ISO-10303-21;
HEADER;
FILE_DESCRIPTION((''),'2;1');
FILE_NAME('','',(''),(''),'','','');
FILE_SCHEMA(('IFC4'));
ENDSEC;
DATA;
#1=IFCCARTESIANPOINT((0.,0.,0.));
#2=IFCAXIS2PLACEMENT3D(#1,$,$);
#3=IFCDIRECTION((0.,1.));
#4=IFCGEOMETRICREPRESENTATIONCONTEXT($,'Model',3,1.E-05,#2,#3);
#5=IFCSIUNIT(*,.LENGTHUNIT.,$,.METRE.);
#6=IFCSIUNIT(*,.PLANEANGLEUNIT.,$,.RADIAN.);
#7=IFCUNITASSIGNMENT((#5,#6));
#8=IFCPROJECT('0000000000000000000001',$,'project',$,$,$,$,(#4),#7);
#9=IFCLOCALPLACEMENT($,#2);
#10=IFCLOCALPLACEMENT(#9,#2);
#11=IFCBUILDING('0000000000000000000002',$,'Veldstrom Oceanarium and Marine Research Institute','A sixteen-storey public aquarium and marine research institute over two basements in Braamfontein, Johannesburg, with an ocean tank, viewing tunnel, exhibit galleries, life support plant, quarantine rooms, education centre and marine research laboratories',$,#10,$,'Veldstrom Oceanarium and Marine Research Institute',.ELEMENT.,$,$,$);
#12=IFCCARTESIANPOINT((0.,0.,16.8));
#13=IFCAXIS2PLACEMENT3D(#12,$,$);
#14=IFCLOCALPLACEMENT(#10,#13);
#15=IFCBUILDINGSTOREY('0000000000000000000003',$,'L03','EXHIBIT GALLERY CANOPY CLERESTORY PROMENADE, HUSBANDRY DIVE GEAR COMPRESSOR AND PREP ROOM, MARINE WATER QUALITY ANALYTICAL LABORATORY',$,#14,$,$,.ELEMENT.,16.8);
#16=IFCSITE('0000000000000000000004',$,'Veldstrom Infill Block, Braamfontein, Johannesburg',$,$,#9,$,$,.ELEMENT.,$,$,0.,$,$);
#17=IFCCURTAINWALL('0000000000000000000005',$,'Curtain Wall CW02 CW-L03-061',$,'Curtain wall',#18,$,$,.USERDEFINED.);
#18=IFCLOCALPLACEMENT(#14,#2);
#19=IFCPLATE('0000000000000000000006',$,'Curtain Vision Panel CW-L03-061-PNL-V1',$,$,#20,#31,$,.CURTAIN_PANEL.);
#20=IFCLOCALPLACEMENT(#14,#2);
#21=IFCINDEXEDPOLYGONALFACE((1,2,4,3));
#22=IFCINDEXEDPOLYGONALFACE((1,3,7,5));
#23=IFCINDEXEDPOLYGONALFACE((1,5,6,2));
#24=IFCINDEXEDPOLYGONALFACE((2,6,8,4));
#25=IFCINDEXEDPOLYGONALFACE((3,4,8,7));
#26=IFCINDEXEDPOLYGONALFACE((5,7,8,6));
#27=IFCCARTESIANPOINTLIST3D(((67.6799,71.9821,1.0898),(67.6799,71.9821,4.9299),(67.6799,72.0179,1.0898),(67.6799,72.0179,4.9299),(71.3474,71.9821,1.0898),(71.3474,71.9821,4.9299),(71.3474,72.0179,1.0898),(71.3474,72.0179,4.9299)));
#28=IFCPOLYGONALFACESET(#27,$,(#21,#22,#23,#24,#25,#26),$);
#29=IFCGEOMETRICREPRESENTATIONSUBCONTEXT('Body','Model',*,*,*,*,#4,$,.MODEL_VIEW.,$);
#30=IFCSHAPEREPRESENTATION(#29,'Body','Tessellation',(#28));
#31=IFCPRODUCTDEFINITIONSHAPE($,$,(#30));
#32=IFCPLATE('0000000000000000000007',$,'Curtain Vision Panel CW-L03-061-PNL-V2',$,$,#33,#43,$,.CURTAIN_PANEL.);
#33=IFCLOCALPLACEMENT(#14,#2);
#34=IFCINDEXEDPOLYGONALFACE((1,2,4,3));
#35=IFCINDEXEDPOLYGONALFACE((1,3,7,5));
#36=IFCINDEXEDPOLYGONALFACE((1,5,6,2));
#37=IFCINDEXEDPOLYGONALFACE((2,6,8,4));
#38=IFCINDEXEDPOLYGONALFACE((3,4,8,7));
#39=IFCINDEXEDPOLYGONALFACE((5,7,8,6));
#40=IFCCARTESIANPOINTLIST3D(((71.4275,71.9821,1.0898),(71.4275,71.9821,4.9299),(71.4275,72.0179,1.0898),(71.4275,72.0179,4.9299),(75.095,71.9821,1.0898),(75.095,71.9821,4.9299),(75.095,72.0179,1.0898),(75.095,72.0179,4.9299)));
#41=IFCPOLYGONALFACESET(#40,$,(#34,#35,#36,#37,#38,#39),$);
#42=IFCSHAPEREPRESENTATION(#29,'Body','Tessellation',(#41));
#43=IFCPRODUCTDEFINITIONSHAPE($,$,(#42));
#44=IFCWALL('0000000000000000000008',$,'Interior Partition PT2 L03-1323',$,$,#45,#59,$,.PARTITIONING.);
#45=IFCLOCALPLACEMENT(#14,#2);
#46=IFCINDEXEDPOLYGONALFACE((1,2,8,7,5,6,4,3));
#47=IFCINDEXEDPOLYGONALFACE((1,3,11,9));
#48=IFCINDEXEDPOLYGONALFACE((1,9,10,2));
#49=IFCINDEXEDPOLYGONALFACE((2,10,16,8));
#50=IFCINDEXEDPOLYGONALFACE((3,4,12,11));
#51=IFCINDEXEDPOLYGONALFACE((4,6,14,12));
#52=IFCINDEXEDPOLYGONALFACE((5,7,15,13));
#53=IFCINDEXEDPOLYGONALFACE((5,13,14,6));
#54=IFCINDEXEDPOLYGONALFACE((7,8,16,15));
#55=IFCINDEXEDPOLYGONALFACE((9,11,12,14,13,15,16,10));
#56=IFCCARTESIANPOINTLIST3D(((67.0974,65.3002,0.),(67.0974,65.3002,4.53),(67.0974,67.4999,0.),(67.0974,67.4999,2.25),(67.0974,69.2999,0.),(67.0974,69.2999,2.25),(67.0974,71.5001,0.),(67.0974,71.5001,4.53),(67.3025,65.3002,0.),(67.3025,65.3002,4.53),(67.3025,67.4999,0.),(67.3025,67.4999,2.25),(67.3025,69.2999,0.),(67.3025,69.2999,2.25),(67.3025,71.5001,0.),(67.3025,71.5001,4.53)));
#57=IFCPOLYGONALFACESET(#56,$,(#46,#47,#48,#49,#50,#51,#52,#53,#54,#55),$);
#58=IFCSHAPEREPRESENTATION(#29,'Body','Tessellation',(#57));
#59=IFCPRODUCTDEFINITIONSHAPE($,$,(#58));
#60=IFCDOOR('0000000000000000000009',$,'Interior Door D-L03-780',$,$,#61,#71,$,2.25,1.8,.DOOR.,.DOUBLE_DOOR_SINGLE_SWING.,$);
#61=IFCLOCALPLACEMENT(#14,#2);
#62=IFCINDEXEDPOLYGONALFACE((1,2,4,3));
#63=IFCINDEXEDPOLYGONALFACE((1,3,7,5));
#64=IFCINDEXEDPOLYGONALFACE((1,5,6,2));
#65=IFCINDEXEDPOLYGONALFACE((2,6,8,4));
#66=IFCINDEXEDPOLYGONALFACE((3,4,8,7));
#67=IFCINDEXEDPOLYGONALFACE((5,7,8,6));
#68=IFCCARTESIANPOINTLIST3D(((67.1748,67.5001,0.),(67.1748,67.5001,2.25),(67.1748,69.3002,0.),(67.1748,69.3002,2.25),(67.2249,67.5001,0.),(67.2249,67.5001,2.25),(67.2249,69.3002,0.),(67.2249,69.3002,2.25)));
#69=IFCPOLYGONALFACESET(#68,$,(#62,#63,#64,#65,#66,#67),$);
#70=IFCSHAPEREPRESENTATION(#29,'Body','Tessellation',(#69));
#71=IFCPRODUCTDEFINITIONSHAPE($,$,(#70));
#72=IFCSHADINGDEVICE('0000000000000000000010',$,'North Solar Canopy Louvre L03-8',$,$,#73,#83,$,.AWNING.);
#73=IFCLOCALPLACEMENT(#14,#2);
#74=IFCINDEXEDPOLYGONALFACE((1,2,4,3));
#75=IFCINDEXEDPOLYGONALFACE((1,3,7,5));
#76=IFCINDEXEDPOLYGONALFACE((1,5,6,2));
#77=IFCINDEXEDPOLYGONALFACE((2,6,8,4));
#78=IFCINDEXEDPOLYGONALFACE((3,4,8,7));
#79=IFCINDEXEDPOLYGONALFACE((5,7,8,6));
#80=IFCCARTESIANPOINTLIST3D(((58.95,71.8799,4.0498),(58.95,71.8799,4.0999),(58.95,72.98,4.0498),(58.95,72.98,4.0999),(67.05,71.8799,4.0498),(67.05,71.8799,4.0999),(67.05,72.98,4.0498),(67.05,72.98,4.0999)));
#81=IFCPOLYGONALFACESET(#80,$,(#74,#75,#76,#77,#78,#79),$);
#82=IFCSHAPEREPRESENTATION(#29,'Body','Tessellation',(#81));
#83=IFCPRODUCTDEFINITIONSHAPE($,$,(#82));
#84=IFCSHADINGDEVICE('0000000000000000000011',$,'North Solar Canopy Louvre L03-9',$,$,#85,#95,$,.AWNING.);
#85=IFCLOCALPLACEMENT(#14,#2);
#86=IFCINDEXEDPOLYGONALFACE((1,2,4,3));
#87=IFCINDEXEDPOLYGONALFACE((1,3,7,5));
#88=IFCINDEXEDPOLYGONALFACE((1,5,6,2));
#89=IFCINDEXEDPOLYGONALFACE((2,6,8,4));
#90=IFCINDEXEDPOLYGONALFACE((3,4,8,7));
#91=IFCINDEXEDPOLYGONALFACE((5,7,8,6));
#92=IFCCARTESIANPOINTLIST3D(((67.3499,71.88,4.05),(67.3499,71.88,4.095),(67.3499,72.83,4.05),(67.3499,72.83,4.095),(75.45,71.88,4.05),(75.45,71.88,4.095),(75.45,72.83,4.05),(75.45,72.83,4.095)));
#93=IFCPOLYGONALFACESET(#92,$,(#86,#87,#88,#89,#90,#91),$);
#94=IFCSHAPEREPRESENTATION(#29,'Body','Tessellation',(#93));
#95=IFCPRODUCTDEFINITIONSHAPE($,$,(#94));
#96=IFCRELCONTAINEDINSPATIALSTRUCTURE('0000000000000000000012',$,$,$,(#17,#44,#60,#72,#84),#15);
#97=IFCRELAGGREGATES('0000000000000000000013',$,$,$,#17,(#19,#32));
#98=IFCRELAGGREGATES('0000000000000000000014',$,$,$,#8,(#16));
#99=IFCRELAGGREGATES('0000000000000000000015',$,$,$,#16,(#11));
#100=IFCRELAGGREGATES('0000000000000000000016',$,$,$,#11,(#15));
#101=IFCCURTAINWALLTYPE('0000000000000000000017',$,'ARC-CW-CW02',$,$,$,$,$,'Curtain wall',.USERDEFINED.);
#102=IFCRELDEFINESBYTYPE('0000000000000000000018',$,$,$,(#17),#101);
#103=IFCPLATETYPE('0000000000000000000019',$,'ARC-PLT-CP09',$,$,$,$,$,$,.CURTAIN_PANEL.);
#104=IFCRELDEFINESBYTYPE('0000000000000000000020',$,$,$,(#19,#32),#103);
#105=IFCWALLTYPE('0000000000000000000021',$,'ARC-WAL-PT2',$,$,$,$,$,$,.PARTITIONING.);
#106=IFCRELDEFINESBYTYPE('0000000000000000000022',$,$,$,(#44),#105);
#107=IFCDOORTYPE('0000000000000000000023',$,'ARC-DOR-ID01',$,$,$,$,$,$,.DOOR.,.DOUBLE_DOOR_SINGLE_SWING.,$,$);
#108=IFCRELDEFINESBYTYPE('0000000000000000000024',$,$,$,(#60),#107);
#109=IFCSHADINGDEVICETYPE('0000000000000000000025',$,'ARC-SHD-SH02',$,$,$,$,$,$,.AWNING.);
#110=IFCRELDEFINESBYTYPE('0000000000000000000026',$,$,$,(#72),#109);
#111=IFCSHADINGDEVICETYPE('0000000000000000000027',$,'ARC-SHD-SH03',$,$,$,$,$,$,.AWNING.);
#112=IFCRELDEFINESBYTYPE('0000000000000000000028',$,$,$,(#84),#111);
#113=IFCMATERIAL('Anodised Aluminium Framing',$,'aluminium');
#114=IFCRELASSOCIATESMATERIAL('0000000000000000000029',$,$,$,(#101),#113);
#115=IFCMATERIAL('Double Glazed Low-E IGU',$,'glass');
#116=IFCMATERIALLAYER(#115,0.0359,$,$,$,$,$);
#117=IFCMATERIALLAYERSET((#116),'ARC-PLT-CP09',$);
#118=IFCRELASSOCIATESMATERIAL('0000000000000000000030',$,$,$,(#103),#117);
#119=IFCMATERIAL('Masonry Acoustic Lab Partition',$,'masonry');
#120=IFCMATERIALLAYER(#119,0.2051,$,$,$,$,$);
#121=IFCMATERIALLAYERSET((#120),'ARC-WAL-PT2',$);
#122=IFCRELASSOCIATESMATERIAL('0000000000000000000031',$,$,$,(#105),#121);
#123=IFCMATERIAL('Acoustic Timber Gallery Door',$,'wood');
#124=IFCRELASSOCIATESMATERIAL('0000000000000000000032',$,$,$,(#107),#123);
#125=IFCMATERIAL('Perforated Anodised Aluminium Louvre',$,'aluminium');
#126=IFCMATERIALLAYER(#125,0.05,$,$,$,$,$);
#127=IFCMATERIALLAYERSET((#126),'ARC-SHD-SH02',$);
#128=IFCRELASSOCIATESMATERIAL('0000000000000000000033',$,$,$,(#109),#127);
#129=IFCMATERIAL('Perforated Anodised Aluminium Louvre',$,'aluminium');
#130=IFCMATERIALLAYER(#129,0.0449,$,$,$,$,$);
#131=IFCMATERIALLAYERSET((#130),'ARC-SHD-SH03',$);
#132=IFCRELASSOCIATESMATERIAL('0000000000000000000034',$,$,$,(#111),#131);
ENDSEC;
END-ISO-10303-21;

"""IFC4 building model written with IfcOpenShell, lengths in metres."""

from ifc_helpers import new_model, si_unit, direction, frame, frame_2d, origin, origin_2d, place, context, subcontext, project, spatial, rectangle, extrude, material, layer, layer_set, type_object, element, fill, aggregate, save


model = new_model("IFC4")

# Units and contexts
model_context = context("Model", 3, precision=1e-05, world=origin(), true_north=direction((0.0, 1.0)))
body_context = subcontext(model_context, "Body", "Model", "MODEL_VIEW")
ifc_project = project(units=[si_unit("LENGTHUNIT", "METRE"), si_unit("PLANEANGLEUNIT", "RADIAN")], contexts=[model_context])

# Site, building, storey
site_placement = place(None, origin())
site = spatial("IfcSite", under=ifc_project, at=site_placement, Name="Veldstrom Infill Block, Braamfontein, Johannesburg", CompositionType="ELEMENT", RefElevation=0.0)
building_placement = place(site_placement, origin())
building = spatial("IfcBuilding", under=site, at=building_placement, Name="Veldstrom Oceanarium and Marine Research Institute", Description="A sixteen-storey public aquarium and marine research institute over two basements in Braamfontein, Johannesburg, with an ocean tank, viewing tunnel, exhibit galleries, life support plant, quarantine rooms, education centre and marine research laboratories", LongName="Veldstrom Oceanarium and Marine Research Institute", CompositionType="ELEMENT")
storey_placement = place(building_placement, frame((0.0, 0.0, 16.8)))
storey = spatial("IfcBuildingStorey", under=building, at=storey_placement, Name="L03", Description="EXHIBIT GALLERY CANOPY CLERESTORY PROMENADE, HUSBANDRY DIVE GEAR COMPRESSOR AND PREP ROOM, MARINE WATER QUALITY ANALYTICAL LABORATORY", CompositionType="ELEMENT", Elevation=16.8)

# Curtain wall
ifc_material_1 = material(Name="Anodised Aluminium Framing", Category="aluminium")
curtain_wall_type = type_object("IfcCurtainWallType", Name="ARC-CW-CW02", ElementType="Curtain wall", PredefinedType="USERDEFINED", material=ifc_material_1)
curtain_wall_1_placement = place(storey_placement, origin())
curtain_wall_1 = element("IfcCurtainWall", 1, at=curtain_wall_1_placement, inside=storey, type_object=curtain_wall_type, Name="Curtain Wall CW02 CW-L03-061", ObjectType="Curtain wall", PredefinedType="USERDEFINED")

# Plates
ifc_material_2 = material(Name="Double Glazed Low-E IGU", Category="glass")
ifc_layer_1 = layer(ifc_material_2, 0.0359)
ifc_layer_set_1 = layer_set([ifc_layer_1], Name="ARC-PLT-CP09")
plate_type_1 = type_object("IfcPlateType", Name="ARC-PLT-CP09", PredefinedType="CURTAIN_PANEL", material=ifc_layer_set_1)
plate_1_placement = place(storey_placement, frame((69.5137, 72.0, 1.0898), z_axis=(0.0, 0.0, 1.0), x_axis=(1.0, 0.0, 0.0)))
plate_1 = element("IfcPlate", 2, at=plate_1_placement, type_object=plate_type_1, Name="Curtain Vision Panel CW-L03-061-PNL-V1", PredefinedType="CURTAIN_PANEL", context=body_context, shape_type="SweptSolid", body=[
    extrude(rectangle(XDim=3.6675, YDim=0.0359, at=origin_2d()), origin(), (0.0, 0.0, 1.0), 3.8401),
])
plate_2_placement = place(storey_placement, frame((73.2612, 72.0, 1.0898), z_axis=(0.0, 0.0, 1.0), x_axis=(1.0, 0.0, 0.0)))
plate_2 = element("IfcPlate", 3, at=plate_2_placement, type_object=plate_type_1, Name="Curtain Vision Panel CW-L03-061-PNL-V2", PredefinedType="CURTAIN_PANEL", context=body_context, shape_type="SweptSolid", body=[
    extrude(rectangle(XDim=3.6675, YDim=0.0359, at=origin_2d()), origin(), (0.0, 0.0, 1.0), 3.8401),
])
aggregate(curtain_wall_1, [plate_1, plate_2])

# Wall, opening, door
ifc_material_3 = material(Name="Masonry Acoustic Lab Partition", Category="masonry")
ifc_layer_2 = layer(ifc_material_3, 0.2051)
ifc_layer_set_2 = layer_set([ifc_layer_2], Name="ARC-WAL-PT2")
wall_type = type_object("IfcWallType", Name="ARC-WAL-PT2", PredefinedType="PARTITIONING", material=ifc_layer_set_2)
wall_placement = place(storey_placement, frame((67.2, 65.3, 0.0), z_axis=(0.0, 0.0, 1.0), x_axis=(0.0, 1.0, 0.0)))
wall = element("IfcWall", 4, at=wall_placement, inside=storey, type_object=wall_type, Name="Interior Partition PT2 L03-1323", PredefinedType="PARTITIONING", context=body_context, shape_type="SweptSolid", body=[
    extrude(rectangle(XDim=6.2, YDim=0.2051, at=frame_2d((3.1001, 0.0))), origin(), (0.0, 0.0, 1.0), 4.53),
])
opening_placement = place(wall_placement, frame((2.2, 0.0, 0.0)))
opening = element("IfcOpeningElement", 5, at=opening_placement, cuts=wall, PredefinedType="OPENING", context=body_context, shape_type="SweptSolid", body=[
    extrude(rectangle(XDim=1.8, YDim=2.25, at=frame_2d((0.8999, 1.125))), frame((0.0, 0.1125, 0.0), z_axis=(0.0, -1.0, 0.0), x_axis=(1.0, 0.0, 0.0)), (0.0, 0.0, 1.0), 0.2251),
])
ifc_material_4 = material(Name="Acoustic Timber Gallery Door", Category="wood")
door_type = type_object("IfcDoorType", Name="ARC-DOR-ID01", OperationType="DOUBLE_DOOR_SINGLE_SWING", PredefinedType="DOOR", material=ifc_material_4)
door_placement = place(opening_placement, frame((1.8, 0.0, 0.0), z_axis=(0.0, 0.0, 1.0), x_axis=(-1.0, 0.0, 0.0)))
door = element("IfcDoor", 6, at=door_placement, inside=storey, type_object=door_type, Name="Interior Door D-L03-780", OperationType="DOUBLE_DOOR_SINGLE_SWING", OverallHeight=2.25, OverallWidth=1.8, PredefinedType="DOOR", context=body_context, shape_type="SweptSolid", body=[
    extrude(rectangle(XDim=1.8, YDim=2.25, at=frame_2d((0.8999, 1.125))), frame((0.0, 0.0249, 0.0), z_axis=(0.0, -1.0, 0.0), x_axis=(1.0, 0.0, 0.0)), (0.0, 0.0, 1.0), 0.05),
])
fill(opening, door)

# Shading devices
ifc_material_5 = material(Name="Perforated Anodised Aluminium Louvre", Category="aluminium")
ifc_layer_3 = layer(ifc_material_5, 0.05)
ifc_layer_set_3 = layer_set([ifc_layer_3], Name="ARC-SHD-SH02")
shading_device_type_1 = type_object("IfcShadingDeviceType", Name="ARC-SHD-SH02", PredefinedType="AWNING", material=ifc_layer_set_3)
shading_device_1_placement = place(storey_placement, frame((63.0, 72.4299, 4.0498), z_axis=(0.0, 0.0, 1.0), x_axis=(1.0, 0.0, 0.0)))
element("IfcShadingDevice", 7, at=shading_device_1_placement, inside=storey, type_object=shading_device_type_1, Name="North Solar Canopy Louvre L03-8", PredefinedType="AWNING", context=body_context, shape_type="SweptSolid", body=[
    extrude(rectangle(XDim=8.1001, YDim=1.1001, at=origin_2d()), origin(), (0.0, 0.0, 1.0), 0.05),
])
ifc_material_6 = material(Name="Perforated Anodised Aluminium Louvre", Category="aluminium")
ifc_layer_4 = layer(ifc_material_6, 0.0449)
ifc_layer_set_4 = layer_set([ifc_layer_4], Name="ARC-SHD-SH03")
shading_device_type_2 = type_object("IfcShadingDeviceType", Name="ARC-SHD-SH03", PredefinedType="AWNING", material=ifc_layer_set_4)
shading_device_2_placement = place(storey_placement, frame((71.3999, 72.355, 4.05), z_axis=(0.0, 0.0, 1.0), x_axis=(1.0, 0.0, 0.0)))
element("IfcShadingDevice", 8, at=shading_device_2_placement, inside=storey, type_object=shading_device_type_2, Name="North Solar Canopy Louvre L03-9", PredefinedType="AWNING", context=body_context, shape_type="SweptSolid", body=[
    extrude(rectangle(XDim=8.1001, YDim=0.95, at=origin_2d()), origin(), (0.0, 0.0, 1.0), 0.0449),
])

save(model, "model.ifc")
